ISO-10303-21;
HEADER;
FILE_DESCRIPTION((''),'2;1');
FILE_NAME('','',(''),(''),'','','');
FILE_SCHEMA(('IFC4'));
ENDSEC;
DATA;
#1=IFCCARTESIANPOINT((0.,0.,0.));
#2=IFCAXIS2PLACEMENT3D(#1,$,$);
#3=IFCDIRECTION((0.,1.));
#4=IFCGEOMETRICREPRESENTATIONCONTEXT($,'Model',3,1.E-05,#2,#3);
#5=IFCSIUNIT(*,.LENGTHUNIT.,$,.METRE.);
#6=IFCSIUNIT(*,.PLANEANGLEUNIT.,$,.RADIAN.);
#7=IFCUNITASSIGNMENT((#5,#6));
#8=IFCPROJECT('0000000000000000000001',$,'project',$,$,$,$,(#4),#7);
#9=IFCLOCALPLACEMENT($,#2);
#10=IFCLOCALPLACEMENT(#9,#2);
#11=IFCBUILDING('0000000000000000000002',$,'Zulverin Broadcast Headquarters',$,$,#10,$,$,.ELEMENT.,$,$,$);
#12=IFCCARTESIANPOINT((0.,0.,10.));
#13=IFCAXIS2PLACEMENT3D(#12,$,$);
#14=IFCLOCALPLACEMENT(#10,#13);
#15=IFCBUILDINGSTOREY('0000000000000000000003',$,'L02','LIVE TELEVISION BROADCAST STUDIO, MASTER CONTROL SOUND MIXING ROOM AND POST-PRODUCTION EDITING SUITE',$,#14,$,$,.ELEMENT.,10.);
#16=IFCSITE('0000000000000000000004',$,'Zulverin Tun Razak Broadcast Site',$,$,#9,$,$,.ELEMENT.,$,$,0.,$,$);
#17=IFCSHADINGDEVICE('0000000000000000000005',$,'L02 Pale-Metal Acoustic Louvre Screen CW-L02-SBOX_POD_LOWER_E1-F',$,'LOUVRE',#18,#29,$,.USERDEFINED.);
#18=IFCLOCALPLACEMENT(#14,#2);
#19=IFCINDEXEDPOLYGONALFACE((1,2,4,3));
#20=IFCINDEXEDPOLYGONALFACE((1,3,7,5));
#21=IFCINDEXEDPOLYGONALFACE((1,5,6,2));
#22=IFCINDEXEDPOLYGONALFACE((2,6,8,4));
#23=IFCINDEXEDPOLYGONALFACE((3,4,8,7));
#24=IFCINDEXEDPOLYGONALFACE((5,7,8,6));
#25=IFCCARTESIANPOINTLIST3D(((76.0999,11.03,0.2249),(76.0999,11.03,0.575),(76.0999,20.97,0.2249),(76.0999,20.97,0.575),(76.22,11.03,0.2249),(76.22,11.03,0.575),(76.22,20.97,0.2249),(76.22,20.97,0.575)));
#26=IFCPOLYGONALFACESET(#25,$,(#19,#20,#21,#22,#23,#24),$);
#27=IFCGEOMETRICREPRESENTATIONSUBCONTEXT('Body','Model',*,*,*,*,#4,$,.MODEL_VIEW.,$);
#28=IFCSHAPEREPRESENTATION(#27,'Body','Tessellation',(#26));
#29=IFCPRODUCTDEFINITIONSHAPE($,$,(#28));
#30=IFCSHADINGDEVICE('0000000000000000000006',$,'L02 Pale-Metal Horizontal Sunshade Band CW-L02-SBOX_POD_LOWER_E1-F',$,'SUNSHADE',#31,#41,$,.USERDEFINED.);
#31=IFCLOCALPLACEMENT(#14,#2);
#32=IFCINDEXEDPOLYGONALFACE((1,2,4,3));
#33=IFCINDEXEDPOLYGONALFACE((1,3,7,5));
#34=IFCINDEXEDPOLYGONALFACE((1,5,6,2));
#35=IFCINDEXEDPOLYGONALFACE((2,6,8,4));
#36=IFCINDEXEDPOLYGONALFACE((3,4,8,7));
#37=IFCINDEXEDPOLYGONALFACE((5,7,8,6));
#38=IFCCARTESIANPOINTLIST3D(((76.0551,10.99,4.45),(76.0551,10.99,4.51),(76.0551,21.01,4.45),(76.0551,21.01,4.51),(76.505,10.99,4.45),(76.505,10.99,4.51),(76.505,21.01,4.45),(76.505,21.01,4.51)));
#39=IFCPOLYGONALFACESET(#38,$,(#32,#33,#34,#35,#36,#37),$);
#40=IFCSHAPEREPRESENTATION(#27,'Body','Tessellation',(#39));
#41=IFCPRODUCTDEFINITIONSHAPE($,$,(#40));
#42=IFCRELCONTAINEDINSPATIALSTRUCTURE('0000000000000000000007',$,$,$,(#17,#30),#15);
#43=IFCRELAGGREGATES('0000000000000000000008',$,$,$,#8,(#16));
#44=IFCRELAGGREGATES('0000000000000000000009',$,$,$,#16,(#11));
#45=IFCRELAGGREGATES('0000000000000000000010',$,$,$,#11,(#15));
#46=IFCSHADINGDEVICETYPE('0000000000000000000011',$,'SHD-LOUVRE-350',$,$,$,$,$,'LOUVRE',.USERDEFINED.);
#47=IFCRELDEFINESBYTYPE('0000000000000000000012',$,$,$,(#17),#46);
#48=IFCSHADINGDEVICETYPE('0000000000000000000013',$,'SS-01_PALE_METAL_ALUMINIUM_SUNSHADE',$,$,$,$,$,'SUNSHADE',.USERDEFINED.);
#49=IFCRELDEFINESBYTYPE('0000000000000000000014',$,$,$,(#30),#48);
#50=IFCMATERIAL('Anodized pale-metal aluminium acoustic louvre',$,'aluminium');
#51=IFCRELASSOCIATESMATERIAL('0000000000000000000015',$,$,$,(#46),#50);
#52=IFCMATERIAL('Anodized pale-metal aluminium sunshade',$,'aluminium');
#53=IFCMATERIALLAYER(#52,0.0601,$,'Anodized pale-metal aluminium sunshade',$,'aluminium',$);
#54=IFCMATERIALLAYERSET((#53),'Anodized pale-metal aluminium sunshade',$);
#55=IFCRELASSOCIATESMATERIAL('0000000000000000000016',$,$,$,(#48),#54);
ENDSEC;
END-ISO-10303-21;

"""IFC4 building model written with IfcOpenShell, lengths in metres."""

from ifc_helpers import new_model, si_unit, direction, frame, origin, origin_2d, place, context, subcontext, project, spatial, rectangle, extrude, material, layer, layer_set, type_object, element, save


model = new_model("IFC4")

# Units and contexts
model_context = context("Model", 3, precision=1e-05, world=origin(), true_north=direction((0.0, 1.0)))
body_context = subcontext(model_context, "Body", "Model", "MODEL_VIEW")
ifc_project = project(units=[si_unit("LENGTHUNIT", "METRE"), si_unit("PLANEANGLEUNIT", "RADIAN")], contexts=[model_context])

# Site, building, storey
site_placement = place(None, origin())
site = spatial("IfcSite", under=ifc_project, at=site_placement, Name="Zulverin Tun Razak Broadcast Site", CompositionType="ELEMENT", RefElevation=0.0)
building_placement = place(site_placement, origin())
building = spatial("IfcBuilding", under=site, at=building_placement, Name="Zulverin Broadcast Headquarters", CompositionType="ELEMENT")
storey_placement = place(building_placement, frame((0.0, 0.0, 10.0)))
storey = spatial("IfcBuildingStorey", under=building, at=storey_placement, Name="L02", Description="LIVE TELEVISION BROADCAST STUDIO, MASTER CONTROL SOUND MIXING ROOM AND POST-PRODUCTION EDITING SUITE", CompositionType="ELEMENT", Elevation=10.0)

# Shading devices
ifc_material_1 = material(Name="Anodized pale-metal aluminium acoustic louvre", Category="aluminium")
shading_device_type_1 = type_object("IfcShadingDeviceType", Name="SHD-LOUVRE-350", ElementType="LOUVRE", PredefinedType="USERDEFINED", material=ifc_material_1)
shading_device_1_placement = place(storey_placement, frame((76.1599, 16.0, 0.2249), z_axis=(0.0, 0.0, 1.0), x_axis=(0.0, 1.0, 0.0)))
element("IfcShadingDevice", 1, at=shading_device_1_placement, inside=storey, type_object=shading_device_type_1, Name="L02 Pale-Metal Acoustic Louvre Screen CW-L02-SBOX_POD_LOWER_E1-F", ObjectType="LOUVRE", PredefinedType="USERDEFINED", context=body_context, shape_type="SweptSolid", body=[
    extrude(rectangle(XDim=9.9399, YDim=0.1201, at=origin_2d()), origin(), (0.0, 0.0, 1.0), 0.3501),
])
ifc_material_2 = material(Name="Anodized pale-metal aluminium sunshade", Category="aluminium")
ifc_layer_1 = layer(ifc_material_2, 0.0601, Name="Anodized pale-metal aluminium sunshade", Category="aluminium")
ifc_layer_set_1 = layer_set([ifc_layer_1], Name="Anodized pale-metal aluminium sunshade")
shading_device_type_2 = type_object("IfcShadingDeviceType", Name="SS-01_PALE_METAL_ALUMINIUM_SUNSHADE", ElementType="SUNSHADE", PredefinedType="USERDEFINED", material=ifc_layer_set_1)
shading_device_2_placement = place(storey_placement, frame((76.28, 16.0, 4.45), z_axis=(0.0, 0.0, 1.0), x_axis=(0.0, 1.0, 0.0)))
element("IfcShadingDevice", 2, at=shading_device_2_placement, inside=storey, type_object=shading_device_type_2, Name="L02 Pale-Metal Horizontal Sunshade Band CW-L02-SBOX_POD_LOWER_E1-F", ObjectType="SUNSHADE", PredefinedType="USERDEFINED", context=body_context, shape_type="SweptSolid", body=[
    extrude(rectangle(XDim=10.02, YDim=0.45, at=origin_2d()), origin(), (0.0, 0.0, 1.0), 0.0601),
])

save(model, "model.ifc")
